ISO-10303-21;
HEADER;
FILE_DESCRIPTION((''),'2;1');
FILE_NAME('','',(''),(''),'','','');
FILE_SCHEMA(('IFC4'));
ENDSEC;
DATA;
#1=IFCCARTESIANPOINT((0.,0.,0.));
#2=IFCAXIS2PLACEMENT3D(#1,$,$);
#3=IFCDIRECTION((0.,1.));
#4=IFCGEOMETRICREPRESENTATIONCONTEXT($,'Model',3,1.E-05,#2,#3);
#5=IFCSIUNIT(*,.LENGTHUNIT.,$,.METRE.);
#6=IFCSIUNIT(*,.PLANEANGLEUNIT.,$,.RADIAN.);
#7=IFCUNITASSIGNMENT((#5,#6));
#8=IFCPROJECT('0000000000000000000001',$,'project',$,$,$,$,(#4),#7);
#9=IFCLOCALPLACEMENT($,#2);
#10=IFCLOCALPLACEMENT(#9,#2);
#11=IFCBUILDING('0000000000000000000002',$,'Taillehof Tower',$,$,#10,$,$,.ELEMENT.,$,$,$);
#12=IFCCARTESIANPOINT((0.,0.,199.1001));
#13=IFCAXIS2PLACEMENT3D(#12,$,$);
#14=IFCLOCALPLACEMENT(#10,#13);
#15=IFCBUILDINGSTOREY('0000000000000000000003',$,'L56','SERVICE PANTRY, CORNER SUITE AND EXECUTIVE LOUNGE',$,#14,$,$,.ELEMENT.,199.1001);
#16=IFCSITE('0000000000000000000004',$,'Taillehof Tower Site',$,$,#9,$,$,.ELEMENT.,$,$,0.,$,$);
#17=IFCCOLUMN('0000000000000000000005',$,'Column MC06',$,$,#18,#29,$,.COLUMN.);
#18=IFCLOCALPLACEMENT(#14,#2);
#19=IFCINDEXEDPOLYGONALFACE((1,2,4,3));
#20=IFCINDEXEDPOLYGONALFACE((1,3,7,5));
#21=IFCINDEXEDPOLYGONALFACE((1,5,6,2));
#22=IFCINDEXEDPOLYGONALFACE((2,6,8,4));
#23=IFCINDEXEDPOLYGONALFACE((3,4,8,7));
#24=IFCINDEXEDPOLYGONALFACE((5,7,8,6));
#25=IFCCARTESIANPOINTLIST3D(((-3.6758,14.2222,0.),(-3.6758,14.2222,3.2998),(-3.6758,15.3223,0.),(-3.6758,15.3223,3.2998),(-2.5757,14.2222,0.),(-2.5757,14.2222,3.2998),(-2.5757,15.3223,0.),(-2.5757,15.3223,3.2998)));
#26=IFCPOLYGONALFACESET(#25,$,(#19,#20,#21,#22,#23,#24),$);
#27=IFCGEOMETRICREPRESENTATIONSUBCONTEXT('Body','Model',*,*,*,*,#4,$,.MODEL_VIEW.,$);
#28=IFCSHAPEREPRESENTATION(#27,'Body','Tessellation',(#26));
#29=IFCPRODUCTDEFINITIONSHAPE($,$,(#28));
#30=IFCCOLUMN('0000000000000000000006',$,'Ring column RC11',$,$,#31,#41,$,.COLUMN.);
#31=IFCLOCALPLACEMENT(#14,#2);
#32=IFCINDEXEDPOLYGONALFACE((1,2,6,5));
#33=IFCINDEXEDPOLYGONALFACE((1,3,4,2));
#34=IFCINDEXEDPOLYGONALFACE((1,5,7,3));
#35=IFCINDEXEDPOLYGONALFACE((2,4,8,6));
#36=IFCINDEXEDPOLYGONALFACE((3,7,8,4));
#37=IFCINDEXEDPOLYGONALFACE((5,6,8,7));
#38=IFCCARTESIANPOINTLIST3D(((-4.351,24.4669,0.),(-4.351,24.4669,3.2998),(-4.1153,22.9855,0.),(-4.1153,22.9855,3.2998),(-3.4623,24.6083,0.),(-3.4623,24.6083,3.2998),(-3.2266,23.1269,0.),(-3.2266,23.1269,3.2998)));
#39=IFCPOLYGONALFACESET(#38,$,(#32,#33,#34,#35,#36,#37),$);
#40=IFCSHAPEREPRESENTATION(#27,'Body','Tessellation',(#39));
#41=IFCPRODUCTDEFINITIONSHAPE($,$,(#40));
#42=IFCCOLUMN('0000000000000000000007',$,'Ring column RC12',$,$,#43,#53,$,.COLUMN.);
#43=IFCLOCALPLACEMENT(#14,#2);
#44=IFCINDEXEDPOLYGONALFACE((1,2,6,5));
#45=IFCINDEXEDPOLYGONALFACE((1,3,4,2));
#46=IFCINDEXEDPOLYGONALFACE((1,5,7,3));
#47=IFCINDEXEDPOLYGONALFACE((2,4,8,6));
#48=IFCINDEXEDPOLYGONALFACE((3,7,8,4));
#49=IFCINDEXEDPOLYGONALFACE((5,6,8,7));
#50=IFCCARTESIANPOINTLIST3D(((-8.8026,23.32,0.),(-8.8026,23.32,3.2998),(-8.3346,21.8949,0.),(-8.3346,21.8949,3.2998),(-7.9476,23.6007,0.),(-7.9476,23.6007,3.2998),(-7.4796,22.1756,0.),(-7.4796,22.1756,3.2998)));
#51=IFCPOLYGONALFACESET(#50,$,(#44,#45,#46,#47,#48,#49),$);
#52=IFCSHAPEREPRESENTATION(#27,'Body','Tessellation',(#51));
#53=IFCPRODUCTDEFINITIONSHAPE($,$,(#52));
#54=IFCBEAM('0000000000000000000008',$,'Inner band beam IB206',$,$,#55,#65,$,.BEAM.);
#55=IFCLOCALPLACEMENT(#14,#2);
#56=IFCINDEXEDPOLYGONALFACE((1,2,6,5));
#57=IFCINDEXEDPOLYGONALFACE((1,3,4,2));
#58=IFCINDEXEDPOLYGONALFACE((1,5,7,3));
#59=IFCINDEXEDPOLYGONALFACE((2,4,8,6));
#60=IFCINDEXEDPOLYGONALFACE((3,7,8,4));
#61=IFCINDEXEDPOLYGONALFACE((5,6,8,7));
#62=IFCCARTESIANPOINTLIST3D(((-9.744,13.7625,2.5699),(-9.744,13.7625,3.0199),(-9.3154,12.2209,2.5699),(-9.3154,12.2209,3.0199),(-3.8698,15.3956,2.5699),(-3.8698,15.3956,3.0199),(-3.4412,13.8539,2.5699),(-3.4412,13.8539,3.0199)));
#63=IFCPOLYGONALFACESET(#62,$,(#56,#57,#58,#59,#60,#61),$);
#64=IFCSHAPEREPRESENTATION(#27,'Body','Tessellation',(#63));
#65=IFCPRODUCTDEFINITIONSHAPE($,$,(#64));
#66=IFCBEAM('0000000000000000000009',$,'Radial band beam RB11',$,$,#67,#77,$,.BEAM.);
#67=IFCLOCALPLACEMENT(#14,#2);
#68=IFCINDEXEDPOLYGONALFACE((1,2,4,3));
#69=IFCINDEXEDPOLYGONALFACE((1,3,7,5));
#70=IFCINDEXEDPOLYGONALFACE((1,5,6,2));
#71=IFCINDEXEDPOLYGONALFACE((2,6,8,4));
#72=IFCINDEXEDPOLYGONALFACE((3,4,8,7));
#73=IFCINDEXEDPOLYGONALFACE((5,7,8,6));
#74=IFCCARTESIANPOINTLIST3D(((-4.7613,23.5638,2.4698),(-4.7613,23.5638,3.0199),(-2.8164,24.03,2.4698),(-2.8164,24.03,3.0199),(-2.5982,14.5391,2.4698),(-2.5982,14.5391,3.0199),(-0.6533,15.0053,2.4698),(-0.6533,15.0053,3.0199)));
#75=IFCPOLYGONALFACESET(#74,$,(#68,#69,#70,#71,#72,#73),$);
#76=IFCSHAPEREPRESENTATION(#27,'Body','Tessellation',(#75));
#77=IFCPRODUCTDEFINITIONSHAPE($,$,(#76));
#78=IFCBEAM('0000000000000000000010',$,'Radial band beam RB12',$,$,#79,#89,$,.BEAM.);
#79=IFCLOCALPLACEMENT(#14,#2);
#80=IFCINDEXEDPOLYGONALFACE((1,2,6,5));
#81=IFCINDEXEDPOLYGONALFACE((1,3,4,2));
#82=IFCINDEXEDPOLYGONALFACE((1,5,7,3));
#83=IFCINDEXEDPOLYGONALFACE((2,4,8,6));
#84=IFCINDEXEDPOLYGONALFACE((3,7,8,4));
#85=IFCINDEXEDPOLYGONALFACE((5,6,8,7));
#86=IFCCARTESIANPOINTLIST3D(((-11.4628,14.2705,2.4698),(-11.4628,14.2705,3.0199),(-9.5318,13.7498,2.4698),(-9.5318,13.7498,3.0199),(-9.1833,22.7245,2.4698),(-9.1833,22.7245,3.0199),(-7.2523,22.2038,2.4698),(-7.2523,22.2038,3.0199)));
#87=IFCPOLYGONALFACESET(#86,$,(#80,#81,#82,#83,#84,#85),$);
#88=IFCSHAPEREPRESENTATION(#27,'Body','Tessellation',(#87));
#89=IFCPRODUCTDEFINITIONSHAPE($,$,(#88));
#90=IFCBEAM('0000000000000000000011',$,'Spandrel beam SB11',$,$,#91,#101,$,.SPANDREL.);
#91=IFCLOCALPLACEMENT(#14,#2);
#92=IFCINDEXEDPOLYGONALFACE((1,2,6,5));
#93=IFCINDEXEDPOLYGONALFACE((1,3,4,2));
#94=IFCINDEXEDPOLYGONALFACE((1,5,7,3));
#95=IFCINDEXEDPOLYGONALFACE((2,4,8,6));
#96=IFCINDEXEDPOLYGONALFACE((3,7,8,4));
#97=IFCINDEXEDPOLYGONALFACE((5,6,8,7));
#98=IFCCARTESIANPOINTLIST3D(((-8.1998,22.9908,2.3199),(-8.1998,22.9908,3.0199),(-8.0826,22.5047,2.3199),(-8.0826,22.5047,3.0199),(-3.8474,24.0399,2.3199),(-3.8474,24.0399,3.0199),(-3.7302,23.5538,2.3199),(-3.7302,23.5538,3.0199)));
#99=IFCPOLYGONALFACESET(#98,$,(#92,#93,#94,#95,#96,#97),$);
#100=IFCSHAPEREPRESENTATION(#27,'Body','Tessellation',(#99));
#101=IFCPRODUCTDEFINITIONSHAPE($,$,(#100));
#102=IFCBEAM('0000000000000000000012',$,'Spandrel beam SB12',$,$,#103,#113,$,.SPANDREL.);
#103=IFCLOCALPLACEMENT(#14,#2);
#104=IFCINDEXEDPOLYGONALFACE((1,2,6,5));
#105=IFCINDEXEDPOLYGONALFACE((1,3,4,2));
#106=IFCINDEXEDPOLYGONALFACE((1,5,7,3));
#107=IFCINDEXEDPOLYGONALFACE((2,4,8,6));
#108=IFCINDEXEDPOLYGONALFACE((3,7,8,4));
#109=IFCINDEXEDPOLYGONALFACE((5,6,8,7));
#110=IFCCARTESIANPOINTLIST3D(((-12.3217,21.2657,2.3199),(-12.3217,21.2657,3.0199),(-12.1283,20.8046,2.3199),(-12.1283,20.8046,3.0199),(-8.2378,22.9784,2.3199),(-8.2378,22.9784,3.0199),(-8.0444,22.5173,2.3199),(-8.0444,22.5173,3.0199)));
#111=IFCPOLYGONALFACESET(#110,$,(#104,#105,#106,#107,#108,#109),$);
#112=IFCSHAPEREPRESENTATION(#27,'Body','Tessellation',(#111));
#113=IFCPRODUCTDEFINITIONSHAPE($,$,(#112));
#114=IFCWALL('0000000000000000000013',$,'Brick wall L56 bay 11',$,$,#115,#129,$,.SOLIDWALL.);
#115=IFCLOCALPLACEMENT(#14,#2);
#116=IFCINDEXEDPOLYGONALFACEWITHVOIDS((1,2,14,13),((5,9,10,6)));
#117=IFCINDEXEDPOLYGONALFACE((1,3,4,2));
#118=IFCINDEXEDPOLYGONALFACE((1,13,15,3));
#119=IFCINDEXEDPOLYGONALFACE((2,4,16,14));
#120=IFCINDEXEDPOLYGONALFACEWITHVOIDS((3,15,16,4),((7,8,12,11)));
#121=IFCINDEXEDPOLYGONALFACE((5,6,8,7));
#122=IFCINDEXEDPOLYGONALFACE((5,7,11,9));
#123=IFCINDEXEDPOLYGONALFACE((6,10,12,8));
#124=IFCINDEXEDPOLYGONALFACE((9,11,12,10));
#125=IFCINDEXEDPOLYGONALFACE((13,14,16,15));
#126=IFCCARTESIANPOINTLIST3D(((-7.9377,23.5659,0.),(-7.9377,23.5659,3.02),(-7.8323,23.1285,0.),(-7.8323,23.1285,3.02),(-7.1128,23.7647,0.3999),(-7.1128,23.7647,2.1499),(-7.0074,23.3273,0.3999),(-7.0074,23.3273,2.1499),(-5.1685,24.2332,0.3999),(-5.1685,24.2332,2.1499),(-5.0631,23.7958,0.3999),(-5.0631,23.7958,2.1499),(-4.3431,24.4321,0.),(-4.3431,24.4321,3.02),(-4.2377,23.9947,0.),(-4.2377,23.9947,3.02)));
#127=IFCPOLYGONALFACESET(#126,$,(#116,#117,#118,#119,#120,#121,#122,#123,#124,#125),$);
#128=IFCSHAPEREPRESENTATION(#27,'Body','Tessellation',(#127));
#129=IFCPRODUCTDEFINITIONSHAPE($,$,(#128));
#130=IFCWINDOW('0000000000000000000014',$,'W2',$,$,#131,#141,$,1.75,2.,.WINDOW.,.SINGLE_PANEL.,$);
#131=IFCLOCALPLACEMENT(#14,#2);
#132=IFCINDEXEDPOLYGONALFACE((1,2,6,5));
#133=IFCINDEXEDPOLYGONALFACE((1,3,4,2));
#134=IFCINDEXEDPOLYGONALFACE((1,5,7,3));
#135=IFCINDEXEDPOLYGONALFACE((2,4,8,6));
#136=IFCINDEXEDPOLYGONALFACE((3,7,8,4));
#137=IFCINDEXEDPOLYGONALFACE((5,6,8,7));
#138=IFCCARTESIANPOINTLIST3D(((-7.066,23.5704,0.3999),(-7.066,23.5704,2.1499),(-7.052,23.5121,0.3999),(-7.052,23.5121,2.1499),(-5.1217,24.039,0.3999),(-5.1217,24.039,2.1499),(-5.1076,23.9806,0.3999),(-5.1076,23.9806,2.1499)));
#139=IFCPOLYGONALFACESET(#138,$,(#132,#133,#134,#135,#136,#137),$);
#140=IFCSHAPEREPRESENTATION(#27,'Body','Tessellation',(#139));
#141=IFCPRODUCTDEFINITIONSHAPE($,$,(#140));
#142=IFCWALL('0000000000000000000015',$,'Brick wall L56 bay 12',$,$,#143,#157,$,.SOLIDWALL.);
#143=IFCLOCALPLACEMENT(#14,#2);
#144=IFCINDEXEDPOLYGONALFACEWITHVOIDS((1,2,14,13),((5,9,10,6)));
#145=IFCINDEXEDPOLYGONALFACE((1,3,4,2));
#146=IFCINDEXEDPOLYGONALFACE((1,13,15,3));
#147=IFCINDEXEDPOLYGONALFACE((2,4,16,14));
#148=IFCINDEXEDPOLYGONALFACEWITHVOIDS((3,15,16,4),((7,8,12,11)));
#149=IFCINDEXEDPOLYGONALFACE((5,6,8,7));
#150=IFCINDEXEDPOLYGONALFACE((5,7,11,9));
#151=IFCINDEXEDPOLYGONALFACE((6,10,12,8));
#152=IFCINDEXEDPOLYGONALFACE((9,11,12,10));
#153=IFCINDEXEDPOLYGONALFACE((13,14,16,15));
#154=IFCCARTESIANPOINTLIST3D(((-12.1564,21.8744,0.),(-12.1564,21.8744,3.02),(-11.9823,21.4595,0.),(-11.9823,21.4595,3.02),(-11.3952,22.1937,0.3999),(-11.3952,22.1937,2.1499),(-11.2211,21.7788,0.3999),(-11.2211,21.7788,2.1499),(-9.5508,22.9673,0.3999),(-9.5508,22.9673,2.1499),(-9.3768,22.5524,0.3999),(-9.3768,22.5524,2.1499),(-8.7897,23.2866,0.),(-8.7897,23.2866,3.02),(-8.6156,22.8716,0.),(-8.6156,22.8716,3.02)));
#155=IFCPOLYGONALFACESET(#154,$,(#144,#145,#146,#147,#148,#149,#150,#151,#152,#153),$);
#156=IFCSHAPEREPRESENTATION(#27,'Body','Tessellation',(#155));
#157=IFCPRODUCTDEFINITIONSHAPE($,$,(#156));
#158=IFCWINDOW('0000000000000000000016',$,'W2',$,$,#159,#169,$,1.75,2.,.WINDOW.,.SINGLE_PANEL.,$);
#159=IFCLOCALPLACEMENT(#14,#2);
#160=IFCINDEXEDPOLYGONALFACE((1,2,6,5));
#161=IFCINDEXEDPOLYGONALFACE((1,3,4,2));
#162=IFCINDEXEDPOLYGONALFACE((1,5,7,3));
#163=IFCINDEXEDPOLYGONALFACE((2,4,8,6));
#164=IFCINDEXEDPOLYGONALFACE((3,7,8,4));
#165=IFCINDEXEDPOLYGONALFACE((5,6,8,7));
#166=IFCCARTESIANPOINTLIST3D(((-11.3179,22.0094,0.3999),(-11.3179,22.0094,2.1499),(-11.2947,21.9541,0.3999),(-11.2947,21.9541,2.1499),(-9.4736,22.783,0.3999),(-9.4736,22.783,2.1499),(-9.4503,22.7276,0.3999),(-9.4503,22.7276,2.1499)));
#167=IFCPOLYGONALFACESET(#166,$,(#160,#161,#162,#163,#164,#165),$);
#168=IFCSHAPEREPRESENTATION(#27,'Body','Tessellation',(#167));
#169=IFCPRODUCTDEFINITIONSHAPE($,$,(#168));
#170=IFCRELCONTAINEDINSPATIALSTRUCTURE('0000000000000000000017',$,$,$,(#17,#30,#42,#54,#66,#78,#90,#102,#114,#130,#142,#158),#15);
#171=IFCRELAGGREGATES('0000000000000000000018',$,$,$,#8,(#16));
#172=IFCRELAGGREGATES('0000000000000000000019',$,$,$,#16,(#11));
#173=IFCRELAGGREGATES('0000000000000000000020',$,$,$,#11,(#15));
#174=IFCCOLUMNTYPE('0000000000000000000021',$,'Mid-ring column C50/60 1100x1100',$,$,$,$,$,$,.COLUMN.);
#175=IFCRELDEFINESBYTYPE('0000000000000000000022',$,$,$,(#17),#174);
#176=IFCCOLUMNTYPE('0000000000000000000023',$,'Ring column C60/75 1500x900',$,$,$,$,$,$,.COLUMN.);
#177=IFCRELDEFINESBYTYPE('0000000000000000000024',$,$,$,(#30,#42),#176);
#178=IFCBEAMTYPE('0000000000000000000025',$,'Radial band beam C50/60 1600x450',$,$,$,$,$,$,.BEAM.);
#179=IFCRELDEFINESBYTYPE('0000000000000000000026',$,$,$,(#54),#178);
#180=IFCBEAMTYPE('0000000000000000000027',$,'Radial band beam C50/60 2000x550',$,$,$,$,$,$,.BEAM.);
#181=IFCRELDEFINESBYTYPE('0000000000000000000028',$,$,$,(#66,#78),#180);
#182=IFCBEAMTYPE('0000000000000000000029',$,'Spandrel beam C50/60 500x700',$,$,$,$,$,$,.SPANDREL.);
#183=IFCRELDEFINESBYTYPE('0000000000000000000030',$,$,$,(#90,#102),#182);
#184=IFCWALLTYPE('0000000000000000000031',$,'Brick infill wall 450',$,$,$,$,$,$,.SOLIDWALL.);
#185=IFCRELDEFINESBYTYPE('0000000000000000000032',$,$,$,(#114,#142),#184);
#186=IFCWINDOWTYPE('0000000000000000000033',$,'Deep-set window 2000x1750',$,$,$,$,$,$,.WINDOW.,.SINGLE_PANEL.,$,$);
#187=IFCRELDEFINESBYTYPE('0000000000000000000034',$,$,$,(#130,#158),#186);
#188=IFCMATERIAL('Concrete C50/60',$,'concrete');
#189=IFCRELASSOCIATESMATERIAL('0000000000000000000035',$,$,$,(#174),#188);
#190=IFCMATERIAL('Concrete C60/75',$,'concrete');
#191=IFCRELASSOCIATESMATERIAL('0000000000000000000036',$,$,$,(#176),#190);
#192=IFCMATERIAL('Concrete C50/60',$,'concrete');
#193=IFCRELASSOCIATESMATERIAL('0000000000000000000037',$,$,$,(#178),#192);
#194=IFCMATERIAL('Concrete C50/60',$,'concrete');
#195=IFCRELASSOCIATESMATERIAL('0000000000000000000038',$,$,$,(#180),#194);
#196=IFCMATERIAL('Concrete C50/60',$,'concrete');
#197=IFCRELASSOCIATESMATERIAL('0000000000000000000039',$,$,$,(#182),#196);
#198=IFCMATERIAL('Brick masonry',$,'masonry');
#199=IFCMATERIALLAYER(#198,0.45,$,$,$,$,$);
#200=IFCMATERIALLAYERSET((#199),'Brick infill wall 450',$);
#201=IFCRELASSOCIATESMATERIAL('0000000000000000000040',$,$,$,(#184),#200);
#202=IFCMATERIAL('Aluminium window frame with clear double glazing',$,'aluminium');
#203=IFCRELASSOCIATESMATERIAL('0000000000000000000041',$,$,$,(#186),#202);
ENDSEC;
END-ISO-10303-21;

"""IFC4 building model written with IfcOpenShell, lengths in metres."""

from ifc_helpers import new_model, si_unit, direction, frame, frame_2d, origin, origin_2d, place, context, subcontext, project, spatial, rectangle, extrude, material, layer, layer_set, material_profile, profile_set, type_object, element, fill, save


model = new_model("IFC4")

# Units and contexts
model_context = context("Model", 3, precision=1e-05, world=origin(), true_north=direction((0.0, 1.0)))
body_context = subcontext(model_context, "Body", "Model", "MODEL_VIEW")
ifc_project = project(units=[si_unit("LENGTHUNIT", "METRE"), si_unit("PLANEANGLEUNIT", "RADIAN")], contexts=[model_context])

# Site, building, storey
site_placement = place(None, origin())
site = spatial("IfcSite", under=ifc_project, at=site_placement, Name="Taillehof Tower Site", CompositionType="ELEMENT", RefElevation=0.0)
building_placement = place(site_placement, origin())
building = spatial("IfcBuilding", under=site, at=building_placement, Name="Taillehof Tower", CompositionType="ELEMENT")
storey_placement = place(building_placement, frame((0.0, 0.0, 199.1001)))
storey = spatial("IfcBuildingStorey", under=building, at=storey_placement, Name="L56", Description="SERVICE PANTRY, CORNER SUITE AND EXECUTIVE LOUNGE", CompositionType="ELEMENT", Elevation=199.1001)

# Columns
ifc_material_1 = material(Name="Concrete C50/60", Category="concrete")
ifc_material_profile_1 = material_profile(ifc_material_1, rectangle(XDim=1.1001, YDim=1.1001, at=origin_2d()), Name="RC 1100x1100")
ifc_profile_set_1 = profile_set([ifc_material_profile_1], Name="Concrete C50/60")
column_type_1 = type_object("IfcColumnType", Name="Mid-ring column C50/60 1100x1100", PredefinedType="COLUMN", material=ifc_profile_set_1)
column_placement = place(storey_placement, frame((-3.1257, 14.7722, 0.0), z_axis=(0.0, 0.0, 1.0), x_axis=(1.0, 0.0, 0.0)))
element("IfcColumn", 1, at=column_placement, inside=storey, type_object=column_type_1, Name="Column MC06", PredefinedType="COLUMN", context=body_context, shape_type="SweptSolid", body=[
    extrude(rectangle(XDim=1.1001, YDim=1.1001, at=origin_2d()), origin(), (0.0, 0.0, 1.0), 3.2998),
])
ifc_material_2 = material(Name="Concrete C60/75", Category="concrete")
ifc_material_profile_2 = material_profile(ifc_material_2, rectangle(XDim=1.5, YDim=0.8999, at=origin_2d()), Name="RC 1500x900")
ifc_profile_set_2 = profile_set([ifc_material_profile_2], Name="Concrete C60/75")
column_type_2 = type_object("IfcColumnType", Name="Ring column C60/75 1500x900", PredefinedType="COLUMN", material=ifc_profile_set_2)
for number, where, z_axis, x_axis, name in (
    (2, (-3.7888, 23.7969, 0.0), (0.0, 0.0, 1.0), (-0.157116, 0.98758, 0.0), "Ring column RC11"),
    (3, (-8.1411, 22.7478, 0.0), (0.0, 0.0, 1.0), (-0.312001, 0.950082, 0.0), "Ring column RC12"),
):
    element("IfcColumn", number, at=place(storey_placement, frame(where, z_axis=z_axis, x_axis=x_axis)), inside=storey, type_object=column_type_2, Name=name, PredefinedType="COLUMN", context=body_context, shape_type="SweptSolid", body=[
        extrude(rectangle(XDim=1.5, YDim=0.8999, at=origin_2d()), origin(), (0.0, 0.0, 1.0), 3.2998),
    ])

# Beams
ifc_material_3 = material(Name="Concrete C50/60", Category="concrete")
ifc_material_profile_3 = material_profile(ifc_material_3, rectangle(XDim=1.6001, YDim=0.45, at=origin_2d()), Name="RC 1600x450")
ifc_profile_set_3 = profile_set([ifc_material_profile_3], Name="Concrete C50/60")
beam_type_1 = type_object("IfcBeamType", Name="Radial band beam C50/60 1600x450", PredefinedType="BEAM", material=ifc_profile_set_3)
beam_1_placement = place(storey_placement, frame((-3.6555, 14.6248, 2.7949), z_axis=(-0.963459, -0.267855, 0.0), x_axis=(0.267855, -0.963459, 0.0)))
element("IfcBeam", 4, at=beam_1_placement, inside=storey, type_object=beam_type_1, Name="Inner band beam IB206", PredefinedType="BEAM", context=body_context, shape_type="SweptSolid", body=[
    extrude(rectangle(XDim=1.6001, YDim=0.45, at=origin_2d()), origin(), (0.0, 0.0, 1.0), 6.0969),
])
ifc_material_4 = material(Name="Concrete C50/60", Category="concrete")
ifc_material_profile_4 = material_profile(ifc_material_4, rectangle(XDim=2.0, YDim=0.55, at=origin_2d()), Name="RC 2000x550")
ifc_profile_set_4 = profile_set([ifc_material_profile_4], Name="Concrete C50/60")
beam_type_2 = type_object("IfcBeamType", Name="Radial band beam C50/60 2000x550", PredefinedType="BEAM", material=ifc_profile_set_4)
beam_2_placement = place(storey_placement, frame((-3.7888, 23.7969, 2.7449), z_axis=(0.233084, -0.972457, 0.0), x_axis=(0.972457, 0.233084, 0.0)))
element("IfcBeam", 5, at=beam_2_placement, inside=storey, type_object=beam_type_2, Name="Radial band beam RB11", PredefinedType="BEAM", context=body_context, shape_type="SweptSolid", body=[
    extrude(rectangle(XDim=2.0, YDim=0.55, at=origin_2d()), origin(), (0.0, 0.0, 1.0), 9.2803),
])
beam_3_placement = place(storey_placement, frame((-8.2178, 22.4641, 2.7449), z_axis=(-0.260346, -0.965515, 0.0), x_axis=(0.965515, -0.260346, 0.0)))
element("IfcBeam", 6, at=beam_3_placement, inside=storey, type_object=beam_type_2, Name="Radial band beam RB12", PredefinedType="BEAM", context=body_context, shape_type="SweptSolid", body=[
    extrude(rectangle(XDim=2.0, YDim=0.55, at=origin_2d()), origin(), (0.0, 0.0, 1.0), 8.7559),
])
ifc_material_5 = material(Name="Concrete C50/60", Category="concrete")
ifc_material_profile_5 = material_profile(ifc_material_5, rectangle(XDim=0.5, YDim=0.7, at=origin_2d()), Name="RC 500x700")
ifc_profile_set_5 = profile_set([ifc_material_profile_5], Name="Concrete C50/60")
beam_type_3 = type_object("IfcBeamType", Name="Spandrel beam C50/60 500x700", PredefinedType="SPANDREL", material=ifc_profile_set_5)
beam_4_placement = place(storey_placement, frame((-3.7888, 23.7969, 2.6699), z_axis=(-0.972158, -0.234328, 0.0), x_axis=(0.234328, -0.972158, 0.0)))
element("IfcBeam", 7, at=beam_4_placement, inside=storey, type_object=beam_type_3, Name="Spandrel beam SB11", PredefinedType="SPANDREL", context=body_context, shape_type="SweptSolid", body=[
    extrude(rectangle(XDim=0.5, YDim=0.7, at=origin_2d()), origin(), (0.0, 0.0, 1.0), 4.4771),
])
beam_5_placement = place(storey_placement, frame((-8.1411, 22.7478, 2.6699), z_axis=(-0.922194, -0.386728, 0.0), x_axis=(0.386728, -0.922194, 0.0)))
element("IfcBeam", 8, at=beam_5_placement, inside=storey, type_object=beam_type_3, Name="Spandrel beam SB12", PredefinedType="SPANDREL", context=body_context, shape_type="SweptSolid", body=[
    extrude(rectangle(XDim=0.5, YDim=0.7, at=origin_2d()), origin(), (0.0, 0.0, 1.0), 4.4285),
])

# Walls, openings, windows
ifc_material_6 = material(Name="Brick masonry", Category="masonry")
ifc_layer_1 = layer(ifc_material_6, 0.45)
ifc_layer_set_1 = layer_set([ifc_layer_1], Name="Brick infill wall 450")
wall_type_1 = type_object("IfcWallType", Name="Brick infill wall 450", PredefinedType="SOLIDWALL", material=ifc_layer_set_1)
wall_1_placement = place(storey_placement, frame((-4.2905, 24.2134, 0.0), z_axis=(0.0, 0.0, 1.0), x_axis=(-0.972174, -0.234262, 0.0)))
wall_1 = element("IfcWall", 9, at=wall_1_placement, inside=storey, type_object=wall_type_1, Name="Brick wall L56 bay 11", PredefinedType="SOLIDWALL", context=body_context, shape_type="SweptSolid", body=[
    extrude(rectangle(XDim=3.6975, YDim=0.45, at=frame_2d((1.8486, 0.0))), origin(), (0.0, 0.0, 1.0), 3.02),
])
opening_1_placement = place(wall_1_placement, frame((0.8489, 0.0, 0.3999)))
opening_1 = element("IfcOpeningElement", 10, at=opening_1_placement, cuts=wall_1, PredefinedType="OPENING", context=body_context, shape_type="SweptSolid", body=[
    extrude(rectangle(XDim=2.0, YDim=1.75, at=frame_2d((1.0, 0.875))), frame((0.0, 0.2349, 0.0), z_axis=(0.0, -1.0, 0.0), x_axis=(1.0, 0.0, 0.0)), (0.0, 0.0, 1.0), 0.47),
])
ifc_material_7 = material(Name="Aluminium window frame with clear double glazing", Category="aluminium")
window_type = type_object("IfcWindowType", Name="Deep-set window 2000x1750", PartitioningType="SINGLE_PANEL", PredefinedType="WINDOW", material=ifc_material_7)
window_1_placement = place(opening_1_placement, origin())
window_1 = element("IfcWindow", 11, at=window_1_placement, inside=storey, type_object=window_type, Name="W2", OverallHeight=1.75, OverallWidth=2.0, PartitioningType="SINGLE_PANEL", PredefinedType="WINDOW", context=body_context, shape_type="SweptSolid", body=[
    extrude(rectangle(XDim=2.0, YDim=1.75, at=frame_2d((1.0, 0.875))), frame((0.0, 0.0349, 0.0), z_axis=(0.0, -1.0, 0.0), x_axis=(1.0, 0.0, 0.0)), (0.0, 0.0, 1.0), 0.0601),
])
fill(opening_1, window_1)
wall_2_placement = place(storey_placement, frame((-8.7026, 23.0791, 0.0), z_axis=(0.0, 0.0, 1.0), x_axis=(-0.922168, -0.386789, 0.0)))
wall_2 = element("IfcWall", 12, at=wall_2_placement, inside=storey, type_object=wall_type_1, Name="Brick wall L56 bay 12", PredefinedType="SOLIDWALL", context=body_context, shape_type="SweptSolid", body=[
    extrude(rectangle(XDim=3.6509, YDim=0.45, at=frame_2d((1.8254, 0.0))), origin(), (0.0, 0.0, 1.0), 3.02),
])
opening_2_placement = place(wall_2_placement, frame((0.8254, 0.0, 0.3999)))
opening_2 = element("IfcOpeningElement", 13, at=opening_2_placement, cuts=wall_2, PredefinedType="OPENING", context=body_context, shape_type="SweptSolid", body=[
    extrude(rectangle(XDim=2.0, YDim=1.75, at=frame_2d((1.0, 0.875))), frame((0.0, 0.2349, 0.0), z_axis=(0.0, -1.0, 0.0), x_axis=(1.0, 0.0, 0.0)), (0.0, 0.0, 1.0), 0.47),
])
window_2_placement = place(opening_2_placement, origin())
window_2 = element("IfcWindow", 14, at=window_2_placement, inside=storey, type_object=window_type, Name="W2", OverallHeight=1.75, OverallWidth=2.0, PartitioningType="SINGLE_PANEL", PredefinedType="WINDOW", context=body_context, shape_type="SweptSolid", body=[
    extrude(rectangle(XDim=2.0, YDim=1.75, at=frame_2d((1.0, 0.875))), frame((0.0, 0.0349, 0.0), z_axis=(0.0, -1.0, 0.0), x_axis=(1.0, 0.0, 0.0)), (0.0, 0.0, 1.0), 0.0601),
])
fill(opening_2, window_2)

save(model, "model.ifc")
